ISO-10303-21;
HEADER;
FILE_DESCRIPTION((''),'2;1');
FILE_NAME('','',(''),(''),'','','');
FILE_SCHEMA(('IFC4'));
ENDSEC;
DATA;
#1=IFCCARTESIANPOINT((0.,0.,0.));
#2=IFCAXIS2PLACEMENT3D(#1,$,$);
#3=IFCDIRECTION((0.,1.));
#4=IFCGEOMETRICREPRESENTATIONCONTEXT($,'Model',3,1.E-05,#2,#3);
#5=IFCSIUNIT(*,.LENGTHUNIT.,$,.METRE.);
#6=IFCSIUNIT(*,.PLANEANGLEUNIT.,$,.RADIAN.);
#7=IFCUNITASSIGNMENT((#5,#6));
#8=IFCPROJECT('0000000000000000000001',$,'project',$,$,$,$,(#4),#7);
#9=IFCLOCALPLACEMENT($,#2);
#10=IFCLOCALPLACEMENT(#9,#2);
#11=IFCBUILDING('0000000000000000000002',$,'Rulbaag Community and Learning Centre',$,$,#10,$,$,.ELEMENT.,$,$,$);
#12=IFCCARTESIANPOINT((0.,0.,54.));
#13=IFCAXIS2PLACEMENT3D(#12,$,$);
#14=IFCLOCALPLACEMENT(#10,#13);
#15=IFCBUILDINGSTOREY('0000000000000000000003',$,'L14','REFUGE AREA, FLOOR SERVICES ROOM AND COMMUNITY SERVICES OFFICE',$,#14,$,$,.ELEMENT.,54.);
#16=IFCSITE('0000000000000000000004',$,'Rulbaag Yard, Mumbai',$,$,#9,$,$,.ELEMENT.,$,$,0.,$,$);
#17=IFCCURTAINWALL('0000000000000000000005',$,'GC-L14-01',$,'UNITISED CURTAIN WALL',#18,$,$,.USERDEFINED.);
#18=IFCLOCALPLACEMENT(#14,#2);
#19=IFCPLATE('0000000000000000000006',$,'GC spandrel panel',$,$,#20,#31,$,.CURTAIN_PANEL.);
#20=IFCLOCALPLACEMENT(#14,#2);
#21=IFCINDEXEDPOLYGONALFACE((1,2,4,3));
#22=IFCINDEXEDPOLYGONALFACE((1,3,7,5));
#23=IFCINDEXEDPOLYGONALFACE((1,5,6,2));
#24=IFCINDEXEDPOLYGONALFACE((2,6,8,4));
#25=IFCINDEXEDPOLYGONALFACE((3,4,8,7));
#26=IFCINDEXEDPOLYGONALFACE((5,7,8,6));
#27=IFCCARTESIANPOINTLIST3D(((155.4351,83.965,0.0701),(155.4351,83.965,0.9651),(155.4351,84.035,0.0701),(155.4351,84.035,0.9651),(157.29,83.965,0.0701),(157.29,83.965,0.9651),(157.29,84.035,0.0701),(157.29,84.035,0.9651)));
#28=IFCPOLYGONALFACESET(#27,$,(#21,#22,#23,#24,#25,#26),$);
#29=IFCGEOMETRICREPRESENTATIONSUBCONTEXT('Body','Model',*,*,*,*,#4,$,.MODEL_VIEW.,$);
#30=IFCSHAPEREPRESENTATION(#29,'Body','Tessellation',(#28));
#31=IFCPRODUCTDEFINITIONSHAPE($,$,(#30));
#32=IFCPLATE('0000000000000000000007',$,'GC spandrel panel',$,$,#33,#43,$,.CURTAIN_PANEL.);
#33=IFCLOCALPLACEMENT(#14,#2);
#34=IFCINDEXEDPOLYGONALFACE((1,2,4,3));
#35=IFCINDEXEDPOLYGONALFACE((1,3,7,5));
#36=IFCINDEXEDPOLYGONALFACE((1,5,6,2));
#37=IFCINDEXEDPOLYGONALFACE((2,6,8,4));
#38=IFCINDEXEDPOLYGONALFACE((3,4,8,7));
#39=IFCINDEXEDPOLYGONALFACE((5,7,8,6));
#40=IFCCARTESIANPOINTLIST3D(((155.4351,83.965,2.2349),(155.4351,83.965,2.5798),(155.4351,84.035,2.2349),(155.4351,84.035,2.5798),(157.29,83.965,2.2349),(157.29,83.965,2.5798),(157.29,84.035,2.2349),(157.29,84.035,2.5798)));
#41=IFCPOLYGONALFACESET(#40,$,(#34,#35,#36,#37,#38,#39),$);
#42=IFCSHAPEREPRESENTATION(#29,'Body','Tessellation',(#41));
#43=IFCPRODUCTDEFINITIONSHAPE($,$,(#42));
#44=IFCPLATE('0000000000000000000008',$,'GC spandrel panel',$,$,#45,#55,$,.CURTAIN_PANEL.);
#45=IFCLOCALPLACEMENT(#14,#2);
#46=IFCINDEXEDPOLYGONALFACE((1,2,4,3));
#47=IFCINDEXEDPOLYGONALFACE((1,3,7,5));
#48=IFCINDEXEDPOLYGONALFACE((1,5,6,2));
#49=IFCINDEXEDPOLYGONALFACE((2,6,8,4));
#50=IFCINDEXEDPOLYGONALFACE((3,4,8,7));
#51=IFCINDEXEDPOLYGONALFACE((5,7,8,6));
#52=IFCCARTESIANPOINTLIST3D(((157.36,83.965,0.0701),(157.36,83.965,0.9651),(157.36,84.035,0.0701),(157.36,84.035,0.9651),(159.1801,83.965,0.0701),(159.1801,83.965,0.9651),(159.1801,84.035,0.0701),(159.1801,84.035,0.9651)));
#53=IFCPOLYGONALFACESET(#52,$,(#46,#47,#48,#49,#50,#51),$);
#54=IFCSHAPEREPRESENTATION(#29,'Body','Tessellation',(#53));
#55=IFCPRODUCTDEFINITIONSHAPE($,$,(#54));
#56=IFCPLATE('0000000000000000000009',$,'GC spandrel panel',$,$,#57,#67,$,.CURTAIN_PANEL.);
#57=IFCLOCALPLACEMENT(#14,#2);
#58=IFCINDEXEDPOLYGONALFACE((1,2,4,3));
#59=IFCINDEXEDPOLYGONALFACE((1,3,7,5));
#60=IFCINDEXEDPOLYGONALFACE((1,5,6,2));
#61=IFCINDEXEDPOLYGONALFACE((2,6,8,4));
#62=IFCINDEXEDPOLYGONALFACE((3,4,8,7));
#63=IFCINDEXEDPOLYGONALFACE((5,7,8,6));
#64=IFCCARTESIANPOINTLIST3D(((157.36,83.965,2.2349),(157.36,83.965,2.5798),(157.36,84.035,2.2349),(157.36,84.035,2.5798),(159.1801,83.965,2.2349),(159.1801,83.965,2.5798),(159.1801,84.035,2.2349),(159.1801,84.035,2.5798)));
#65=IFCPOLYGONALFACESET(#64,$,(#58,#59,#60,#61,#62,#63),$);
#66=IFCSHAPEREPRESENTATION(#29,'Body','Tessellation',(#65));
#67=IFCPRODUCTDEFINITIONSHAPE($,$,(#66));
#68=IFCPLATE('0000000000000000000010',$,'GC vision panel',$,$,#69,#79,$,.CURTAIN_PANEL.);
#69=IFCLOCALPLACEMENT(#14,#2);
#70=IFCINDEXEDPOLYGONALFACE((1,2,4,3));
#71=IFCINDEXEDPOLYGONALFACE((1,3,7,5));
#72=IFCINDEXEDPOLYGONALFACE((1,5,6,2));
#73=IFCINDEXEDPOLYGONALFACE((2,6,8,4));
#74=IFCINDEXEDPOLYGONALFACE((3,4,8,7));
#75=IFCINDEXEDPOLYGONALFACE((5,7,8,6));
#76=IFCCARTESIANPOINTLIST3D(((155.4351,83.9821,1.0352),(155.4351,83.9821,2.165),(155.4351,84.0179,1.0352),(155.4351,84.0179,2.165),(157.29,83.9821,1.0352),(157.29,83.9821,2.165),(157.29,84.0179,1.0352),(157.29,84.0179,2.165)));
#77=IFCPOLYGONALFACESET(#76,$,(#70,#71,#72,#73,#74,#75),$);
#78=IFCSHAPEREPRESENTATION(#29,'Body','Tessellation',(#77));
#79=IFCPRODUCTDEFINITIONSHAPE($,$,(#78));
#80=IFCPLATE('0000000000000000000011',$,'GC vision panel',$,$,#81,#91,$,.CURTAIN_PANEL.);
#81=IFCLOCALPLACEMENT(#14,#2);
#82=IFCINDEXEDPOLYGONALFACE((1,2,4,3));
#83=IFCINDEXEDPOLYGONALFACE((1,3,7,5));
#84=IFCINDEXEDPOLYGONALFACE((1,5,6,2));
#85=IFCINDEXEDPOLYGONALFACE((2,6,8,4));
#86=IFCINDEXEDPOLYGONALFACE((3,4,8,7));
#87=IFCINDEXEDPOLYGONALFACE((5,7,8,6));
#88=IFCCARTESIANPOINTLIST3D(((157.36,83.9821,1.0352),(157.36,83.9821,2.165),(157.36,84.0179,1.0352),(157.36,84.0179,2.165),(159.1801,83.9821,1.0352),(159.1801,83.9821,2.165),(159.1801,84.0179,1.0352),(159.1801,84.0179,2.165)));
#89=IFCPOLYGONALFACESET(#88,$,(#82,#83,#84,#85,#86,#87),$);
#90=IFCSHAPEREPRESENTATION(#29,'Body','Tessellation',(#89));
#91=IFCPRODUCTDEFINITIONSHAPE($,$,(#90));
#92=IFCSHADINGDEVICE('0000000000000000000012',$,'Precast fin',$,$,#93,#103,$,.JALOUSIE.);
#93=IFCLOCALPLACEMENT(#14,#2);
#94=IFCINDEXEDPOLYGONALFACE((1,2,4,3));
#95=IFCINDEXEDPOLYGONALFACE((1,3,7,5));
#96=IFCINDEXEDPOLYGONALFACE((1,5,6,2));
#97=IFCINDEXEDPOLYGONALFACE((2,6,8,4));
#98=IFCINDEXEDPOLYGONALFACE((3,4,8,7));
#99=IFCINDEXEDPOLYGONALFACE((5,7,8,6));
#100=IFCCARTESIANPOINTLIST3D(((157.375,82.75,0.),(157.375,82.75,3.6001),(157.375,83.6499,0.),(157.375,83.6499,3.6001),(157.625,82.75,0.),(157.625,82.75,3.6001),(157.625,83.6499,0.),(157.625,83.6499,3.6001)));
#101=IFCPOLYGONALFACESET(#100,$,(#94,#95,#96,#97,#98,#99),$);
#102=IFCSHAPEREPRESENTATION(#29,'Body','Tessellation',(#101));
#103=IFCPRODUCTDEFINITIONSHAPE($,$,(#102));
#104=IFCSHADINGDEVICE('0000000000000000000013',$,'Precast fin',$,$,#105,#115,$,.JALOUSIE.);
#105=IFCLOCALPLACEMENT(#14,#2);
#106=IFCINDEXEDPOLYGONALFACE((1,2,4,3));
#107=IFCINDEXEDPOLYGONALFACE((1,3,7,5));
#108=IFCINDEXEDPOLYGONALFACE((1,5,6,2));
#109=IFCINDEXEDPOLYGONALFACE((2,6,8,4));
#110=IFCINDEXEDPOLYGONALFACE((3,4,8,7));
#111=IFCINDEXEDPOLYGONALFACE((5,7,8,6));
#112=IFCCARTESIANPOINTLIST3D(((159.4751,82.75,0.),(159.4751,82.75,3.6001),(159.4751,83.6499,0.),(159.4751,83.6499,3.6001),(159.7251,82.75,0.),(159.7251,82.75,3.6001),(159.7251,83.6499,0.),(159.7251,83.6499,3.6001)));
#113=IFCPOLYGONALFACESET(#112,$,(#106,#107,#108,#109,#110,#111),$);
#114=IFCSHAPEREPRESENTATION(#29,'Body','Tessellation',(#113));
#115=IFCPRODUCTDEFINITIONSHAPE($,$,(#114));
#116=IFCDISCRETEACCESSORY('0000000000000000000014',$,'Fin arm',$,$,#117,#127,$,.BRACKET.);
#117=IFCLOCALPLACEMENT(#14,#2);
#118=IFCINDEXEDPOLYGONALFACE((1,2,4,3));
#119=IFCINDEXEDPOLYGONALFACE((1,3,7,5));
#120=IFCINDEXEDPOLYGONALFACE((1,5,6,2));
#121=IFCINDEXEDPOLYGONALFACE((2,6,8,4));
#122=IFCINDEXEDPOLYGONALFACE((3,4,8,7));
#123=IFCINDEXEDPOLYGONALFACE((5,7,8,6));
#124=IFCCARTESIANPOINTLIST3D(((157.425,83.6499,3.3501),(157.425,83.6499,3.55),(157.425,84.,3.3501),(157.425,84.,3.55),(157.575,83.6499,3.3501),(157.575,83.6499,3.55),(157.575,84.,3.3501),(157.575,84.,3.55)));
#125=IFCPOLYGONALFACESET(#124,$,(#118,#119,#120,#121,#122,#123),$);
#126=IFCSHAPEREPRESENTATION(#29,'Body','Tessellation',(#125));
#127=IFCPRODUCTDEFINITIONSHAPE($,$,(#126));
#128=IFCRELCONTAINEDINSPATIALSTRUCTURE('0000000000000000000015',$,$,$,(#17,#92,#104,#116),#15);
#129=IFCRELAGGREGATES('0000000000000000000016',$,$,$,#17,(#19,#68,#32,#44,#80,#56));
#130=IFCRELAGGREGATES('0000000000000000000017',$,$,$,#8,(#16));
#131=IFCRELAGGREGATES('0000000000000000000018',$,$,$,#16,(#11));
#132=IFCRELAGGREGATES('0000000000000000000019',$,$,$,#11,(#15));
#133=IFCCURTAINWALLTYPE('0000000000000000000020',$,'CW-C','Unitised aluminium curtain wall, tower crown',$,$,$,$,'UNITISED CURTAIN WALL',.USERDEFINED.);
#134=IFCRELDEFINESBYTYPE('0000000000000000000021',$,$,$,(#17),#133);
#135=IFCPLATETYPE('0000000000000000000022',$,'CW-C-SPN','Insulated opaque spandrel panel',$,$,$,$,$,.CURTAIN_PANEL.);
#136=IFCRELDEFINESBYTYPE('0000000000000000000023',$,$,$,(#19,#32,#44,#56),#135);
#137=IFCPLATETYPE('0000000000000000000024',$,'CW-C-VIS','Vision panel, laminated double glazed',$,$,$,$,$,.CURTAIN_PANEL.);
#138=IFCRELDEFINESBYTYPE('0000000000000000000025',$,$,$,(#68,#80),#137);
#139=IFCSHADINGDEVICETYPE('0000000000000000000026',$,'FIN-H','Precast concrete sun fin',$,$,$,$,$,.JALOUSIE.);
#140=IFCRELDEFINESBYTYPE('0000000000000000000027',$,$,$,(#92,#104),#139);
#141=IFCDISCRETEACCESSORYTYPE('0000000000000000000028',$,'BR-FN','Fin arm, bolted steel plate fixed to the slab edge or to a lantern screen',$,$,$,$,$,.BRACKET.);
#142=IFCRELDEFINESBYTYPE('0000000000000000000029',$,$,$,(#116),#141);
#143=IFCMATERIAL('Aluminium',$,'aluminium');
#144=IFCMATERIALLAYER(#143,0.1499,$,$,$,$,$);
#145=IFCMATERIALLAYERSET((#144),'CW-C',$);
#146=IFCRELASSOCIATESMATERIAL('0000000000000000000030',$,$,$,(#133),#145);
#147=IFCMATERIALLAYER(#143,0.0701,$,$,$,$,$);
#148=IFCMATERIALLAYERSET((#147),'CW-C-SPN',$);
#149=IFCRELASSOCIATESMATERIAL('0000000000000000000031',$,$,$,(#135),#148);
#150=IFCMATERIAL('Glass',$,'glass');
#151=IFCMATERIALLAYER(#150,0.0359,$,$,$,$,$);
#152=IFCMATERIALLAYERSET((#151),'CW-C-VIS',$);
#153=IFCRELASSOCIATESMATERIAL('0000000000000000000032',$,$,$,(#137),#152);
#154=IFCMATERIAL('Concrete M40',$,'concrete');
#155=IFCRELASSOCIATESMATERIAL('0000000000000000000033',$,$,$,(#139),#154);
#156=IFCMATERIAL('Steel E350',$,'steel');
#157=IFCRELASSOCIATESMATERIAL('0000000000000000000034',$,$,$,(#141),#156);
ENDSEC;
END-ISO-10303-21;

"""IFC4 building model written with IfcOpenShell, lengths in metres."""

from ifc_helpers import new_model, si_unit, direction, frame, origin, origin_2d, place, context, subcontext, project, spatial, rectangle, extrude, material, layer, layer_set, material_profile, profile_set, type_object, element, aggregate, save


model = new_model("IFC4")

# Units and contexts
model_context = context("Model", 3, precision=1e-05, world=origin(), true_north=direction((0.0, 1.0)))
body_context = subcontext(model_context, "Body", "Model", "MODEL_VIEW")
ifc_project = project(units=[si_unit("LENGTHUNIT", "METRE"), si_unit("PLANEANGLEUNIT", "RADIAN")], contexts=[model_context])

# Site, building, storey
site_placement = place(None, origin())
site = spatial("IfcSite", under=ifc_project, at=site_placement, Name="Rulbaag Yard, Mumbai", CompositionType="ELEMENT", RefElevation=0.0)
building_placement = place(site_placement, origin())
building = spatial("IfcBuilding", under=site, at=building_placement, Name="Rulbaag Community and Learning Centre", CompositionType="ELEMENT")
storey_placement = place(building_placement, frame((0.0, 0.0, 54.0)))
storey = spatial("IfcBuildingStorey", under=building, at=storey_placement, Name="L14", Description="REFUGE AREA, FLOOR SERVICES ROOM AND COMMUNITY SERVICES OFFICE", CompositionType="ELEMENT", Elevation=54.0)

# Shared definitions
ifc_material_1 = material(Name="Concrete M40", Category="concrete")

# Curtain wall
ifc_material_2 = material(Name="Aluminium", Category="aluminium")
ifc_layer_1 = layer(ifc_material_2, 0.1499)
ifc_layer_set_1 = layer_set([ifc_layer_1], Name="CW-C")
curtain_wall_type = type_object("IfcCurtainWallType", Name="CW-C", Description="Unitised aluminium curtain wall, tower crown", ElementType="UNITISED CURTAIN WALL", PredefinedType="USERDEFINED", material=ifc_layer_set_1)
curtain_wall_1_placement = place(storey_placement, origin())
curtain_wall_1 = element("IfcCurtainWall", 1, at=curtain_wall_1_placement, inside=storey, type_object=curtain_wall_type, Name="GC-L14-01", ObjectType="UNITISED CURTAIN WALL", PredefinedType="USERDEFINED")

# Plates
ifc_layer_2 = layer(ifc_material_2, 0.0701)
ifc_layer_set_2 = layer_set([ifc_layer_2], Name="CW-C-SPN")
plate_type_1 = type_object("IfcPlateType", Name="CW-C-SPN", Description="Insulated opaque spandrel panel", PredefinedType="CURTAIN_PANEL", material=ifc_layer_set_2)
plate_1_placement = place(storey_placement, frame((156.3625, 84.0, 0.0701), z_axis=(0.0, 0.0, 1.0), x_axis=(1.0, 0.0, 0.0)))
plate_1 = element("IfcPlate", 2, at=plate_1_placement, type_object=plate_type_1, Name="GC spandrel panel", PredefinedType="CURTAIN_PANEL", context=body_context, shape_type="SweptSolid", body=[
    extrude(rectangle(XDim=1.855, YDim=0.0701, at=origin_2d()), origin(), (0.0, 0.0, 1.0), 0.895),
])
plate_2_placement = place(storey_placement, frame((156.3625, 84.0, 2.2349), z_axis=(0.0, 0.0, 1.0), x_axis=(1.0, 0.0, 0.0)))
plate_2 = element("IfcPlate", 3, at=plate_2_placement, type_object=plate_type_1, Name="GC spandrel panel", PredefinedType="CURTAIN_PANEL", context=body_context, shape_type="SweptSolid", body=[
    extrude(rectangle(XDim=1.855, YDim=0.0701, at=origin_2d()), origin(), (0.0, 0.0, 1.0), 0.345),
])
plate_3_placement = place(storey_placement, frame((158.27, 84.0, 0.0701), z_axis=(0.0, 0.0, 1.0), x_axis=(1.0, 0.0, 0.0)))
plate_3 = element("IfcPlate", 4, at=plate_3_placement, type_object=plate_type_1, Name="GC spandrel panel", PredefinedType="CURTAIN_PANEL", context=body_context, shape_type="SweptSolid", body=[
    extrude(rectangle(XDim=1.8201, YDim=0.0701, at=origin_2d()), origin(), (0.0, 0.0, 1.0), 0.895),
])
plate_4_placement = place(storey_placement, frame((158.27, 84.0, 2.2349), z_axis=(0.0, 0.0, 1.0), x_axis=(1.0, 0.0, 0.0)))
plate_4 = element("IfcPlate", 5, at=plate_4_placement, type_object=plate_type_1, Name="GC spandrel panel", PredefinedType="CURTAIN_PANEL", context=body_context, shape_type="SweptSolid", body=[
    extrude(rectangle(XDim=1.8201, YDim=0.0701, at=origin_2d()), origin(), (0.0, 0.0, 1.0), 0.345),
])
ifc_material_3 = material(Name="Glass", Category="glass")
ifc_layer_3 = layer(ifc_material_3, 0.0359)
ifc_layer_set_3 = layer_set([ifc_layer_3], Name="CW-C-VIS")
plate_type_2 = type_object("IfcPlateType", Name="CW-C-VIS", Description="Vision panel, laminated double glazed", PredefinedType="CURTAIN_PANEL", material=ifc_layer_set_3)
plate_5_placement = place(storey_placement, frame((156.3625, 84.0, 1.0352), z_axis=(0.0, 0.0, 1.0), x_axis=(1.0, 0.0, 0.0)))
plate_5 = element("IfcPlate", 6, at=plate_5_placement, type_object=plate_type_2, Name="GC vision panel", PredefinedType="CURTAIN_PANEL", context=body_context, shape_type="SweptSolid", body=[
    extrude(rectangle(XDim=1.855, YDim=0.0359, at=origin_2d()), origin(), (0.0, 0.0, 1.0), 1.1299),
])
plate_6_placement = place(storey_placement, frame((158.27, 84.0, 1.0352), z_axis=(0.0, 0.0, 1.0), x_axis=(1.0, 0.0, 0.0)))
plate_6 = element("IfcPlate", 7, at=plate_6_placement, type_object=plate_type_2, Name="GC vision panel", PredefinedType="CURTAIN_PANEL", context=body_context, shape_type="SweptSolid", body=[
    extrude(rectangle(XDim=1.8201, YDim=0.0359, at=origin_2d()), origin(), (0.0, 0.0, 1.0), 1.1299),
])
aggregate(curtain_wall_1, [plate_1, plate_5, plate_2, plate_3, plate_6, plate_4])

# Shading devices
ifc_material_profile_1 = material_profile(ifc_material_1, rectangle(XDim=0.25, YDim=0.8999, at=origin_2d()), Name="PC 250x900")
ifc_profile_set_1 = profile_set([ifc_material_profile_1], Name="Concrete M40")
shading_device_type_1 = type_object("IfcShadingDeviceType", Name="FIN-H", Description="Precast concrete sun fin", PredefinedType="JALOUSIE", material=ifc_profile_set_1)
for number, where, z_axis, x_axis, name in (
    (8, (157.5, 83.2, 0.0), (0.0, 0.0, 1.0), (1.0, 0.0, 0.0), "Precast fin"),
    (9, (159.6001, 83.2, 0.0), (0.0, 0.0, 1.0), (1.0, 0.0, 0.0), "Precast fin"),
):
    element("IfcShadingDevice", number, at=place(storey_placement, frame(where, z_axis=z_axis, x_axis=x_axis)), inside=storey, type_object=shading_device_type_1, Name=name, PredefinedType="JALOUSIE", context=body_context, shape_type="SweptSolid", body=[
        extrude(rectangle(XDim=0.25, YDim=0.8999, at=origin_2d()), origin(), (0.0, 0.0, 1.0), 3.6001),
    ])

# Discrete accessory
ifc_material_4 = material(Name="Steel E350", Category="steel")
discrete_accessory_type = type_object("IfcDiscreteAccessoryType", Name="BR-FN", Description="Fin arm, bolted steel plate fixed to the slab edge or to a lantern screen", PredefinedType="BRACKET", material=ifc_material_4)
discrete_accessory_placement = place(storey_placement, frame((157.5, 83.825, 3.3501), z_axis=(0.0, 0.0, 1.0), x_axis=(1.0, 0.0, 0.0)))
element("IfcDiscreteAccessory", 10, at=discrete_accessory_placement, inside=storey, type_object=discrete_accessory_type, Name="Fin arm", PredefinedType="BRACKET", context=body_context, shape_type="SweptSolid", body=[
    extrude(rectangle(XDim=0.1499, YDim=0.3501, at=origin_2d()), origin(), (0.0, 0.0, 1.0), 0.2),
])

save(model, "model.ifc")
